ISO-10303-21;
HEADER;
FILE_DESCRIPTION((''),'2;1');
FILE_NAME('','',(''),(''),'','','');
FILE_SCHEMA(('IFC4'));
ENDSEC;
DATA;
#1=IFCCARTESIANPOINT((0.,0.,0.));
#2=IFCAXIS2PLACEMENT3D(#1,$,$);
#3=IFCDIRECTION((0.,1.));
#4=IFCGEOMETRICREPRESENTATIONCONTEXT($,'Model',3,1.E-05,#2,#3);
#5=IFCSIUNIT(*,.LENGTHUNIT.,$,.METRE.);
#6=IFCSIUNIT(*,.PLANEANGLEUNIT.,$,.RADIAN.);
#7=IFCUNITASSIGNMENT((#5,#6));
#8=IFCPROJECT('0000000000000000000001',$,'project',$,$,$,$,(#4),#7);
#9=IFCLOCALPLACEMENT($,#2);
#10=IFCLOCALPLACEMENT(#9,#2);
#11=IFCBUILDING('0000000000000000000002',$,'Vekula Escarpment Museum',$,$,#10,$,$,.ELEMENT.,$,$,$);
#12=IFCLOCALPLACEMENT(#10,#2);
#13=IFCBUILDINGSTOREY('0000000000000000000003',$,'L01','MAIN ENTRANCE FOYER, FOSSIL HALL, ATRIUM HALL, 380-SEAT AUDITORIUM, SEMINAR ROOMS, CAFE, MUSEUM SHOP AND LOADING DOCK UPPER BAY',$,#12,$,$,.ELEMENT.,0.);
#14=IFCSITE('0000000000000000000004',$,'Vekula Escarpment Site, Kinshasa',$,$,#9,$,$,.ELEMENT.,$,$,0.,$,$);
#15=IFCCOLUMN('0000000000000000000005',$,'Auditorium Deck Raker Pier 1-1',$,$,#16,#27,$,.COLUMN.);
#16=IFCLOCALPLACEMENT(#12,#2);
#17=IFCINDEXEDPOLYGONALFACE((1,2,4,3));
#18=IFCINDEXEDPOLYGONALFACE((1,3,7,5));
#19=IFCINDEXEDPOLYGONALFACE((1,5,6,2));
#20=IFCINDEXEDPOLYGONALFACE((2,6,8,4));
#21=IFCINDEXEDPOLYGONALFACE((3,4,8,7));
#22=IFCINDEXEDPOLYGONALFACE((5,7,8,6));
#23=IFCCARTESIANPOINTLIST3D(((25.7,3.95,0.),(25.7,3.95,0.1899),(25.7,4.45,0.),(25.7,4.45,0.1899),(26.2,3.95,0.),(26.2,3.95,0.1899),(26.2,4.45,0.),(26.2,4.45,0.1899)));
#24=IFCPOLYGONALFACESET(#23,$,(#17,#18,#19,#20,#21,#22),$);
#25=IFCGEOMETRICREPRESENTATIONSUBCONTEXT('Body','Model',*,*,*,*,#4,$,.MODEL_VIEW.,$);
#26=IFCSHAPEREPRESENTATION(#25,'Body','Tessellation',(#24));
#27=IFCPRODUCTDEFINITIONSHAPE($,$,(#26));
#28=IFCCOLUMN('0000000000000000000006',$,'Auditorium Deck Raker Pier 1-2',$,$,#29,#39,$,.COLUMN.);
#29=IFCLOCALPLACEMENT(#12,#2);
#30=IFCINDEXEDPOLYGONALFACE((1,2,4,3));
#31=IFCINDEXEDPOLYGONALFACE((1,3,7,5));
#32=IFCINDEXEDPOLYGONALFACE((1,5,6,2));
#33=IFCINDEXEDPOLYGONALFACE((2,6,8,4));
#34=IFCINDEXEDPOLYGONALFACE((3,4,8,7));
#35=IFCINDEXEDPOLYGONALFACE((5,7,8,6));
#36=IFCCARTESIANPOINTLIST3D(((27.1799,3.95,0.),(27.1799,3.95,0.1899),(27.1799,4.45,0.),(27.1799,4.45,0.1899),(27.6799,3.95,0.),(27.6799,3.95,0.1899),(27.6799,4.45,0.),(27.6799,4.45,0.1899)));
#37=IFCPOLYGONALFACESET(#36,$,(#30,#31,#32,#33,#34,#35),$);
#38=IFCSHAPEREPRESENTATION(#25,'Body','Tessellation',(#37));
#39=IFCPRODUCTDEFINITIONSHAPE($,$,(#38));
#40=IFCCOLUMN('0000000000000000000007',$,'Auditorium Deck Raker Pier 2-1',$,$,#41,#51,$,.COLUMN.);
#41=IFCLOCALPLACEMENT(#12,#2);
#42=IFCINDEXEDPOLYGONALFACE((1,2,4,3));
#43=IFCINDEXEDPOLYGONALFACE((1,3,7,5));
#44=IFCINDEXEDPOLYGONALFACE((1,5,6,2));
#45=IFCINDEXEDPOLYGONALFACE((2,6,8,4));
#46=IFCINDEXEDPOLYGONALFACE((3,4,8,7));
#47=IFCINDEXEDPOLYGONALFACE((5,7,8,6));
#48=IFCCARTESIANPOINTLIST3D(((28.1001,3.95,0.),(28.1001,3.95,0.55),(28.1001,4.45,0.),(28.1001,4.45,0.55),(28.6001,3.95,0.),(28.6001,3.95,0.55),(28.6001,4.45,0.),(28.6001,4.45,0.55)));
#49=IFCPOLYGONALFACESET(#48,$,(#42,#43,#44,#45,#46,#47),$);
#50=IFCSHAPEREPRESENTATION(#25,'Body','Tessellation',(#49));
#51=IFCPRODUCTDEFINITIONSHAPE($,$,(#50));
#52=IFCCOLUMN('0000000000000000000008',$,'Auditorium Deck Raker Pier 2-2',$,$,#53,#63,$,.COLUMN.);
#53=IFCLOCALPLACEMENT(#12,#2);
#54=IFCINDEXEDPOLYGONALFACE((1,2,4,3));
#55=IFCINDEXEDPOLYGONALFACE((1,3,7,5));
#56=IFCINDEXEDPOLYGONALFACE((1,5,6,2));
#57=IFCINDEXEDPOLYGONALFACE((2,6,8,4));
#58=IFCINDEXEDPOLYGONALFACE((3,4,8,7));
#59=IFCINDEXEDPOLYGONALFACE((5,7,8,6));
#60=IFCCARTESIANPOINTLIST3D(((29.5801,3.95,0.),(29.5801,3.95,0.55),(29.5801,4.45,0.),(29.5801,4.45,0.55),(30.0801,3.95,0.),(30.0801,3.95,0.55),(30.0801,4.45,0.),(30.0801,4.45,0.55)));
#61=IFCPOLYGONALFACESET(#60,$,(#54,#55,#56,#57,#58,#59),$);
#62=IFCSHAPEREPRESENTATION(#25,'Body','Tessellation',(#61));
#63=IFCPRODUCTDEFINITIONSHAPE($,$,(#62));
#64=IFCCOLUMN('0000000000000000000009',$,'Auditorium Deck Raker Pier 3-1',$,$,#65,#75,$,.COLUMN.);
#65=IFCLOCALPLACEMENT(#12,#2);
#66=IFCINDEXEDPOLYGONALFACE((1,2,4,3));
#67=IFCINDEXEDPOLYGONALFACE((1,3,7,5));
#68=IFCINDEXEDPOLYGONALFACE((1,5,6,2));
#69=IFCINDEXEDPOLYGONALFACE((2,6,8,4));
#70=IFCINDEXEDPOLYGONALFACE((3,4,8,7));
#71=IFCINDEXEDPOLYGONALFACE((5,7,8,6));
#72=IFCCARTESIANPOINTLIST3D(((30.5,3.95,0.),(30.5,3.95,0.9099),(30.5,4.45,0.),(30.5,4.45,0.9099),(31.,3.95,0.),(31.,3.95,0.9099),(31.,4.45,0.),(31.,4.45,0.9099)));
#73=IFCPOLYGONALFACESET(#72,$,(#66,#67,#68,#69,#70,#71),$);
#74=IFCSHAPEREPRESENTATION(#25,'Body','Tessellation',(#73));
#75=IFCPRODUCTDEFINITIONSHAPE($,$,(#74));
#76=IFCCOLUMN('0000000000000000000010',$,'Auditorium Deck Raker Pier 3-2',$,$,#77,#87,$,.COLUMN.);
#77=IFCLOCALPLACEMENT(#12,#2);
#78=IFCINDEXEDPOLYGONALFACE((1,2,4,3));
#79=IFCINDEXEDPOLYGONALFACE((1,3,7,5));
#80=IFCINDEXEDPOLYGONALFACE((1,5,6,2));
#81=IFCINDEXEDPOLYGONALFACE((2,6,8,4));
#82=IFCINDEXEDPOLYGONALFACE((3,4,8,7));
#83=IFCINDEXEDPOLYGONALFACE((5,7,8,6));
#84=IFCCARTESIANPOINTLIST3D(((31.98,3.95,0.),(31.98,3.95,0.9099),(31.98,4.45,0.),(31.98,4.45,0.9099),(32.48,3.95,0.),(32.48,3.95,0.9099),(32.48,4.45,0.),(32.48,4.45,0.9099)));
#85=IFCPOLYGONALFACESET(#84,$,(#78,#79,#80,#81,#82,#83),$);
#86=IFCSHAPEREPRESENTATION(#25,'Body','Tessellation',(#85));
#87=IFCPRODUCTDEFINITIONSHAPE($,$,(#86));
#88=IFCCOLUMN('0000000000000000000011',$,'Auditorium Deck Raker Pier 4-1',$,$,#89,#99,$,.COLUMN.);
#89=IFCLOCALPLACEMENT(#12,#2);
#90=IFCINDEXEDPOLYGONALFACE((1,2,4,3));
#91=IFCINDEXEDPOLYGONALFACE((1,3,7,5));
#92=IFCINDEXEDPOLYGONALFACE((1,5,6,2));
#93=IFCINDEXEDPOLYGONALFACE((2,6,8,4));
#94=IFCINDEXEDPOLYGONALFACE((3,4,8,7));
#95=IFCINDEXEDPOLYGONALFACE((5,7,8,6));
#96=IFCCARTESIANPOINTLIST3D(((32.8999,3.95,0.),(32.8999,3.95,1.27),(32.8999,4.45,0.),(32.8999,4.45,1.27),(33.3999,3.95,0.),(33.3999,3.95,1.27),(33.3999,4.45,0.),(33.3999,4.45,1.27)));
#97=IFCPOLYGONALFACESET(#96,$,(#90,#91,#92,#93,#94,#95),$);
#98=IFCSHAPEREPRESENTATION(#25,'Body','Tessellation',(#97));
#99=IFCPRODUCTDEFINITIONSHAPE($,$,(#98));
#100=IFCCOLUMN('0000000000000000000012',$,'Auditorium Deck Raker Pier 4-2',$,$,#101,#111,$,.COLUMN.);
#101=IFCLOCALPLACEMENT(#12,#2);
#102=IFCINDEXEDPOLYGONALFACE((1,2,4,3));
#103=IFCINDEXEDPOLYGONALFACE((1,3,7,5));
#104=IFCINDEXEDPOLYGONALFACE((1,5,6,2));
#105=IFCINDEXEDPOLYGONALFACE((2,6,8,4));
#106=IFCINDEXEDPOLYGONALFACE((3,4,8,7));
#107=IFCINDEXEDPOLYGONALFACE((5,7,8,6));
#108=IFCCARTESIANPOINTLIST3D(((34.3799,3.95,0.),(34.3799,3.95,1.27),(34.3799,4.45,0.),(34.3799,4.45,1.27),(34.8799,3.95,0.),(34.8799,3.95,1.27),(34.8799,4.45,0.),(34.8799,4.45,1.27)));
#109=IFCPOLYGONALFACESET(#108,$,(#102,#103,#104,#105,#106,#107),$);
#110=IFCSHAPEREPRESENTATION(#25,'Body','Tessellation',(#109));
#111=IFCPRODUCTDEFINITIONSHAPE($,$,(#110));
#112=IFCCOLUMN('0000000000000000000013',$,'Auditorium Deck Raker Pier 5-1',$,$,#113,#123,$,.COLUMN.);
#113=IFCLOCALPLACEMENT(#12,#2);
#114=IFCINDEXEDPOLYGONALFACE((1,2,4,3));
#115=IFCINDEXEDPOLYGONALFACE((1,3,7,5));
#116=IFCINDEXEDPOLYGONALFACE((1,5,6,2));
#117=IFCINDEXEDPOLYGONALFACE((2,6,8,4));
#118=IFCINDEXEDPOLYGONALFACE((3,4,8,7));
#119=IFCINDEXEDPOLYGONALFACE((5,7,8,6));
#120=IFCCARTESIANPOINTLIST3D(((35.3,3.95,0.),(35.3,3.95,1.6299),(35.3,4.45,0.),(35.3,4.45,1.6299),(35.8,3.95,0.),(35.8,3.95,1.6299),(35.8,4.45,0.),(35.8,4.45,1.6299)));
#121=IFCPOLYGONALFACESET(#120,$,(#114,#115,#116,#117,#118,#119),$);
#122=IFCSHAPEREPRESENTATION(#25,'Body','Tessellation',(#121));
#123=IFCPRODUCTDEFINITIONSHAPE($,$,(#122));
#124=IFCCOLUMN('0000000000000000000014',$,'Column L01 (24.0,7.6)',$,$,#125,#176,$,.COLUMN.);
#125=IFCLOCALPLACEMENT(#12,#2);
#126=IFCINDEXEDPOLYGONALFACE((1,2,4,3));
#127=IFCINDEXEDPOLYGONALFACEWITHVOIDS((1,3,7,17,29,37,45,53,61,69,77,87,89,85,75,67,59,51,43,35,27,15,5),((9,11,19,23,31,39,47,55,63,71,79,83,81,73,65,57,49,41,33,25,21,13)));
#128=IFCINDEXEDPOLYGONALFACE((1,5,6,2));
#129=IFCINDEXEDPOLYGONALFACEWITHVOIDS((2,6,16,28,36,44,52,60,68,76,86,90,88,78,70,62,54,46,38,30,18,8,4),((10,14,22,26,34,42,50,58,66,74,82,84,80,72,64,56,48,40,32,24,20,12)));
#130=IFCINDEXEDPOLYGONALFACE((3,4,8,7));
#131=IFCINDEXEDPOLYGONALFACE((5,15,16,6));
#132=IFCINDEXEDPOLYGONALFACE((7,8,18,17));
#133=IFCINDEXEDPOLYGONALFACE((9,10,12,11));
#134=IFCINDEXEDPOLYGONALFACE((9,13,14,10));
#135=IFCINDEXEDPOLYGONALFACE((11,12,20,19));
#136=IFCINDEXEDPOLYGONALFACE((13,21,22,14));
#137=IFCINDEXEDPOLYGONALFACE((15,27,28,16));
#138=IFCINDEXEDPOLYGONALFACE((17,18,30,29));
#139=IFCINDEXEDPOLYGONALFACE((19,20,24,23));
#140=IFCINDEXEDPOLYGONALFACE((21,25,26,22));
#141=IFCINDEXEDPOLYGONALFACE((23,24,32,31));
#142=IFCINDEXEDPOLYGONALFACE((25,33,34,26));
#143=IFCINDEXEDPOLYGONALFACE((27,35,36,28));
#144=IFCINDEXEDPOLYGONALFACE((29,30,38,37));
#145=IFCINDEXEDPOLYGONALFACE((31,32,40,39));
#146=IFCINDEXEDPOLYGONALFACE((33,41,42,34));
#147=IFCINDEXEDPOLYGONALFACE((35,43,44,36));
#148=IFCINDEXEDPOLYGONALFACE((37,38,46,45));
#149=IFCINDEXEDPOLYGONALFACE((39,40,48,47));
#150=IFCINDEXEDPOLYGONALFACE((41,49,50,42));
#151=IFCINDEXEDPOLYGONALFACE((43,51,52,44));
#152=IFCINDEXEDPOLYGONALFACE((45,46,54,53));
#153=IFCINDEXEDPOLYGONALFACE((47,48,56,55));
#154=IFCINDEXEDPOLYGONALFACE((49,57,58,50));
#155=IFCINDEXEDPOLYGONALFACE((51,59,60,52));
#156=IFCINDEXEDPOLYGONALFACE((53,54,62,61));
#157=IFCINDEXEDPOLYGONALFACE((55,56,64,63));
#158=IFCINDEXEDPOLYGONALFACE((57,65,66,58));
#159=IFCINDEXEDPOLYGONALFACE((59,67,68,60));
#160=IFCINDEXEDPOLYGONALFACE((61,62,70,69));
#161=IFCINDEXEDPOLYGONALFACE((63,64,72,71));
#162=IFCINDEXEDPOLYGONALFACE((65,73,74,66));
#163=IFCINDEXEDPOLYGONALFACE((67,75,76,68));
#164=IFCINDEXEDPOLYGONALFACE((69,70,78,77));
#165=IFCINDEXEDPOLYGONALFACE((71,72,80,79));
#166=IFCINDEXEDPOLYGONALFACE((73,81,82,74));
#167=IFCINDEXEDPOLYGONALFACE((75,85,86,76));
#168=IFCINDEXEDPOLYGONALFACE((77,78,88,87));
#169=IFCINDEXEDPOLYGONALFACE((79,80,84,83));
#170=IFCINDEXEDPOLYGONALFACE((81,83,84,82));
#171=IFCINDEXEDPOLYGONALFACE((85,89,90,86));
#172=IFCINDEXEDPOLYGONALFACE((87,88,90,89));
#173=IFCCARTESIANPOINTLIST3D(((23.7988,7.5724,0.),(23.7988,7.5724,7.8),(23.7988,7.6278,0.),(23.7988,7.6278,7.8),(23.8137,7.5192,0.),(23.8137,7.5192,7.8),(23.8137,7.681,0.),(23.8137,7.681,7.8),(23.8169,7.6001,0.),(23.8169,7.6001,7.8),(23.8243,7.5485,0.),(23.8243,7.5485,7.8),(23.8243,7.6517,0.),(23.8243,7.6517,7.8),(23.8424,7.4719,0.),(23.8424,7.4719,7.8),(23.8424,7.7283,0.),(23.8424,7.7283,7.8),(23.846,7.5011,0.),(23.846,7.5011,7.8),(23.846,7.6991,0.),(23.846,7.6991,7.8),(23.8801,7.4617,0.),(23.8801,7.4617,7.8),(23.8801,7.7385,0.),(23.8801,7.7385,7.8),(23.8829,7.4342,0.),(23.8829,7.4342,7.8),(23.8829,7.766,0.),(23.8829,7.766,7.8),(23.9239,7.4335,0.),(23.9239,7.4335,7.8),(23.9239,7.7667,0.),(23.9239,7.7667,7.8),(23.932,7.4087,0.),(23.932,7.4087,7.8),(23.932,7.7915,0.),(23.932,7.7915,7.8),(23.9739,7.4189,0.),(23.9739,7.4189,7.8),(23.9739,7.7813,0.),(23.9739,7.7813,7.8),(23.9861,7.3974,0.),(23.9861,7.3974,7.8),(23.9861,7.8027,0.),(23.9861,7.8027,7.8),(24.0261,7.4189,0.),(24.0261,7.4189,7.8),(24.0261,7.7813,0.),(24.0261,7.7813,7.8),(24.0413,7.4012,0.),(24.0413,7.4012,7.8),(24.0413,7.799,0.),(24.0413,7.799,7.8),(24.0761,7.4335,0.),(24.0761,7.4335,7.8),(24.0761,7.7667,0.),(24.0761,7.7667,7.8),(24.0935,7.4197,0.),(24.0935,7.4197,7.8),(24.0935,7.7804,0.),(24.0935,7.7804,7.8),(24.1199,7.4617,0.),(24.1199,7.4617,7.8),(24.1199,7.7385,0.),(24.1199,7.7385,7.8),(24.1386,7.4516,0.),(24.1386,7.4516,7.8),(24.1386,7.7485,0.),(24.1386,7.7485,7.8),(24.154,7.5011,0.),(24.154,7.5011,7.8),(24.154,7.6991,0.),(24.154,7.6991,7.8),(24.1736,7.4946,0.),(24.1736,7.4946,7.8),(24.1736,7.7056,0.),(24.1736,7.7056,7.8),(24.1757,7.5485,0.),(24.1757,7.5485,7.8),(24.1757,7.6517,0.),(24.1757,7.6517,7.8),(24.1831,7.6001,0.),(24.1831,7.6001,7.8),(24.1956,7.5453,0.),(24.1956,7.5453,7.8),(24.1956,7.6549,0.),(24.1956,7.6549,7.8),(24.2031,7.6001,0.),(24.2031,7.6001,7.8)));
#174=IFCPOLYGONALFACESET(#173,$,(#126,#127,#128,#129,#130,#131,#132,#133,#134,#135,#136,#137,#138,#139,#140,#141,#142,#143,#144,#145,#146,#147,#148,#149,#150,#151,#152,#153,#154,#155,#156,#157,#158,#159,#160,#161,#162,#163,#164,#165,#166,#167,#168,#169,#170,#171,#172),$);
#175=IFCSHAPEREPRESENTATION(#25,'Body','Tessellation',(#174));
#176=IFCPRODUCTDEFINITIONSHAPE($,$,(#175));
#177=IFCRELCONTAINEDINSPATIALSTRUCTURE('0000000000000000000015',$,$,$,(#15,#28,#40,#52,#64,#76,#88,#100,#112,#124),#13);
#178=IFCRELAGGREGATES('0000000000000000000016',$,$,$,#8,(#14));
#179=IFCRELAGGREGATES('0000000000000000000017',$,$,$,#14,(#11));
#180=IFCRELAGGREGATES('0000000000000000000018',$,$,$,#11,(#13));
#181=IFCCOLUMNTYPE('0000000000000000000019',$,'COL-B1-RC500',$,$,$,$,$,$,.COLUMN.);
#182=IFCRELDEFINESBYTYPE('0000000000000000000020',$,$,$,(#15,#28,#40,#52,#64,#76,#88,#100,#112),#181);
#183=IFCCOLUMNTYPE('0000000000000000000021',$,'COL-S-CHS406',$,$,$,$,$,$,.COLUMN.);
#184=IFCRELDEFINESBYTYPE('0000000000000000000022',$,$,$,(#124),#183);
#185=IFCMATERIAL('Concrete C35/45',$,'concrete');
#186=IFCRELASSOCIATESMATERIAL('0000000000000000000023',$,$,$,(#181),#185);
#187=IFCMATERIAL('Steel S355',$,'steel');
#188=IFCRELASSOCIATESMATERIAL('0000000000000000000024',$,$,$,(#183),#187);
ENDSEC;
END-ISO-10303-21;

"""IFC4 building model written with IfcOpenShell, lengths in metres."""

from ifc_helpers import new_model, si_unit, direction, frame, origin, origin_2d, place, context, subcontext, project, spatial, rectangle, hollow_circle, extrude, material, material_profile, profile_set, type_object, element, save


model = new_model("IFC4")

# Units and contexts
model_context = context("Model", 3, precision=1e-05, world=origin(), true_north=direction((0.0, 1.0)))
body_context = subcontext(model_context, "Body", "Model", "MODEL_VIEW")
ifc_project = project(units=[si_unit("LENGTHUNIT", "METRE"), si_unit("PLANEANGLEUNIT", "RADIAN")], contexts=[model_context])

# Site, building, storey
site_placement = place(None, origin())
site = spatial("IfcSite", under=ifc_project, at=site_placement, Name="Vekula Escarpment Site, Kinshasa", CompositionType="ELEMENT", RefElevation=0.0)
building_placement = place(site_placement, origin())
building = spatial("IfcBuilding", under=site, at=building_placement, Name="Vekula Escarpment Museum", CompositionType="ELEMENT")
storey_placement = place(building_placement, origin())
storey = spatial("IfcBuildingStorey", under=building, at=storey_placement, Name="L01", Description="MAIN ENTRANCE FOYER, FOSSIL HALL, ATRIUM HALL, 380-SEAT AUDITORIUM, SEMINAR ROOMS, CAFE, MUSEUM SHOP AND LOADING DOCK UPPER BAY", CompositionType="ELEMENT", Elevation=0.0)

# Columns
ifc_material_1 = material(Name="Concrete C35/45", Category="concrete")
ifc_material_profile_1 = material_profile(ifc_material_1, rectangle(XDim=0.5, YDim=0.5, at=origin_2d()), Name="RC 500x500")
ifc_profile_set_1 = profile_set([ifc_material_profile_1], Name="Concrete C35/45")
column_type_1 = type_object("IfcColumnType", Name="COL-B1-RC500", PredefinedType="COLUMN", material=ifc_profile_set_1)
for number, where, z_axis, x_axis, name in (
    (1, (25.95, 4.2, 0.0), (0.0, 0.0, 1.0), (1.0, 0.0, 0.0), "Auditorium Deck Raker Pier 1-1"),
    (2, (27.4299, 4.2, 0.0), (0.0, 0.0, 1.0), (1.0, 0.0, 0.0), "Auditorium Deck Raker Pier 1-2"),
):
    element("IfcColumn", number, at=place(storey_placement, frame(where, z_axis=z_axis, x_axis=x_axis)), inside=storey, type_object=column_type_1, Name=name, PredefinedType="COLUMN", context=body_context, shape_type="SweptSolid", body=[
        extrude(rectangle(XDim=0.5, YDim=0.5, at=origin_2d()), origin(), (0.0, 0.0, 1.0), 0.1899),
    ])
for number, where, z_axis, x_axis, name in (
    (3, (28.3501, 4.2, 0.0), (0.0, 0.0, 1.0), (1.0, 0.0, 0.0), "Auditorium Deck Raker Pier 2-1"),
    (4, (29.8301, 4.2, 0.0), (0.0, 0.0, 1.0), (1.0, 0.0, 0.0), "Auditorium Deck Raker Pier 2-2"),
):
    element("IfcColumn", number, at=place(storey_placement, frame(where, z_axis=z_axis, x_axis=x_axis)), inside=storey, type_object=column_type_1, Name=name, PredefinedType="COLUMN", context=body_context, shape_type="SweptSolid", body=[
        extrude(rectangle(XDim=0.5, YDim=0.5, at=origin_2d()), origin(), (0.0, 0.0, 1.0), 0.55),
    ])
for number, where, z_axis, x_axis, name in (
    (5, (30.75, 4.2, 0.0), (0.0, 0.0, 1.0), (1.0, 0.0, 0.0), "Auditorium Deck Raker Pier 3-1"),
    (6, (32.23, 4.2, 0.0), (0.0, 0.0, 1.0), (1.0, 0.0, 0.0), "Auditorium Deck Raker Pier 3-2"),
):
    element("IfcColumn", number, at=place(storey_placement, frame(where, z_axis=z_axis, x_axis=x_axis)), inside=storey, type_object=column_type_1, Name=name, PredefinedType="COLUMN", context=body_context, shape_type="SweptSolid", body=[
        extrude(rectangle(XDim=0.5, YDim=0.5, at=origin_2d()), origin(), (0.0, 0.0, 1.0), 0.9099),
    ])
for number, where, z_axis, x_axis, name in (
    (7, (33.1499, 4.2, 0.0), (0.0, 0.0, 1.0), (1.0, 0.0, 0.0), "Auditorium Deck Raker Pier 4-1"),
    (8, (34.6299, 4.2, 0.0), (0.0, 0.0, 1.0), (1.0, 0.0, 0.0), "Auditorium Deck Raker Pier 4-2"),
):
    element("IfcColumn", number, at=place(storey_placement, frame(where, z_axis=z_axis, x_axis=x_axis)), inside=storey, type_object=column_type_1, Name=name, PredefinedType="COLUMN", context=body_context, shape_type="SweptSolid", body=[
        extrude(rectangle(XDim=0.5, YDim=0.5, at=origin_2d()), origin(), (0.0, 0.0, 1.0), 1.27),
    ])
column_1_placement = place(storey_placement, frame((35.55, 4.2, 0.0), z_axis=(0.0, 0.0, 1.0), x_axis=(1.0, 0.0, 0.0)))
element("IfcColumn", 9, at=column_1_placement, inside=storey, type_object=column_type_1, Name="Auditorium Deck Raker Pier 5-1", PredefinedType="COLUMN", context=body_context, shape_type="SweptSolid", body=[
    extrude(rectangle(XDim=0.5, YDim=0.5, at=origin_2d()), origin(), (0.0, 0.0, 1.0), 1.6299),
])
ifc_material_2 = material(Name="Steel S355", Category="steel")
ifc_material_profile_2 = material_profile(ifc_material_2, hollow_circle(Radius=0.2031, WallThickness=0.02, at=origin_2d()), Name="CHS 406.4x20")
ifc_profile_set_2 = profile_set([ifc_material_profile_2], Name="Steel S355")
column_type_2 = type_object("IfcColumnType", Name="COL-S-CHS406", PredefinedType="COLUMN", material=ifc_profile_set_2)
for number, where, z_axis, x_axis, name in (
    (10, (24.0, 7.6001, 0.0), (0.0, 0.0, 1.0), (1.0, 0.0, 0.0), "Column L01 (24.0,7.6)"),
):
    element("IfcColumn", number, at=place(storey_placement, frame(where, z_axis=z_axis, x_axis=x_axis)), inside=storey, type_object=column_type_2, Name=name, PredefinedType="COLUMN", context=body_context, shape_type="SweptSolid", body=[
        extrude(hollow_circle(Radius=0.2031, WallThickness=0.02, at=origin_2d()), origin(), (0.0, 0.0, 1.0), 7.8),
    ])

save(model, "model.ifc")
